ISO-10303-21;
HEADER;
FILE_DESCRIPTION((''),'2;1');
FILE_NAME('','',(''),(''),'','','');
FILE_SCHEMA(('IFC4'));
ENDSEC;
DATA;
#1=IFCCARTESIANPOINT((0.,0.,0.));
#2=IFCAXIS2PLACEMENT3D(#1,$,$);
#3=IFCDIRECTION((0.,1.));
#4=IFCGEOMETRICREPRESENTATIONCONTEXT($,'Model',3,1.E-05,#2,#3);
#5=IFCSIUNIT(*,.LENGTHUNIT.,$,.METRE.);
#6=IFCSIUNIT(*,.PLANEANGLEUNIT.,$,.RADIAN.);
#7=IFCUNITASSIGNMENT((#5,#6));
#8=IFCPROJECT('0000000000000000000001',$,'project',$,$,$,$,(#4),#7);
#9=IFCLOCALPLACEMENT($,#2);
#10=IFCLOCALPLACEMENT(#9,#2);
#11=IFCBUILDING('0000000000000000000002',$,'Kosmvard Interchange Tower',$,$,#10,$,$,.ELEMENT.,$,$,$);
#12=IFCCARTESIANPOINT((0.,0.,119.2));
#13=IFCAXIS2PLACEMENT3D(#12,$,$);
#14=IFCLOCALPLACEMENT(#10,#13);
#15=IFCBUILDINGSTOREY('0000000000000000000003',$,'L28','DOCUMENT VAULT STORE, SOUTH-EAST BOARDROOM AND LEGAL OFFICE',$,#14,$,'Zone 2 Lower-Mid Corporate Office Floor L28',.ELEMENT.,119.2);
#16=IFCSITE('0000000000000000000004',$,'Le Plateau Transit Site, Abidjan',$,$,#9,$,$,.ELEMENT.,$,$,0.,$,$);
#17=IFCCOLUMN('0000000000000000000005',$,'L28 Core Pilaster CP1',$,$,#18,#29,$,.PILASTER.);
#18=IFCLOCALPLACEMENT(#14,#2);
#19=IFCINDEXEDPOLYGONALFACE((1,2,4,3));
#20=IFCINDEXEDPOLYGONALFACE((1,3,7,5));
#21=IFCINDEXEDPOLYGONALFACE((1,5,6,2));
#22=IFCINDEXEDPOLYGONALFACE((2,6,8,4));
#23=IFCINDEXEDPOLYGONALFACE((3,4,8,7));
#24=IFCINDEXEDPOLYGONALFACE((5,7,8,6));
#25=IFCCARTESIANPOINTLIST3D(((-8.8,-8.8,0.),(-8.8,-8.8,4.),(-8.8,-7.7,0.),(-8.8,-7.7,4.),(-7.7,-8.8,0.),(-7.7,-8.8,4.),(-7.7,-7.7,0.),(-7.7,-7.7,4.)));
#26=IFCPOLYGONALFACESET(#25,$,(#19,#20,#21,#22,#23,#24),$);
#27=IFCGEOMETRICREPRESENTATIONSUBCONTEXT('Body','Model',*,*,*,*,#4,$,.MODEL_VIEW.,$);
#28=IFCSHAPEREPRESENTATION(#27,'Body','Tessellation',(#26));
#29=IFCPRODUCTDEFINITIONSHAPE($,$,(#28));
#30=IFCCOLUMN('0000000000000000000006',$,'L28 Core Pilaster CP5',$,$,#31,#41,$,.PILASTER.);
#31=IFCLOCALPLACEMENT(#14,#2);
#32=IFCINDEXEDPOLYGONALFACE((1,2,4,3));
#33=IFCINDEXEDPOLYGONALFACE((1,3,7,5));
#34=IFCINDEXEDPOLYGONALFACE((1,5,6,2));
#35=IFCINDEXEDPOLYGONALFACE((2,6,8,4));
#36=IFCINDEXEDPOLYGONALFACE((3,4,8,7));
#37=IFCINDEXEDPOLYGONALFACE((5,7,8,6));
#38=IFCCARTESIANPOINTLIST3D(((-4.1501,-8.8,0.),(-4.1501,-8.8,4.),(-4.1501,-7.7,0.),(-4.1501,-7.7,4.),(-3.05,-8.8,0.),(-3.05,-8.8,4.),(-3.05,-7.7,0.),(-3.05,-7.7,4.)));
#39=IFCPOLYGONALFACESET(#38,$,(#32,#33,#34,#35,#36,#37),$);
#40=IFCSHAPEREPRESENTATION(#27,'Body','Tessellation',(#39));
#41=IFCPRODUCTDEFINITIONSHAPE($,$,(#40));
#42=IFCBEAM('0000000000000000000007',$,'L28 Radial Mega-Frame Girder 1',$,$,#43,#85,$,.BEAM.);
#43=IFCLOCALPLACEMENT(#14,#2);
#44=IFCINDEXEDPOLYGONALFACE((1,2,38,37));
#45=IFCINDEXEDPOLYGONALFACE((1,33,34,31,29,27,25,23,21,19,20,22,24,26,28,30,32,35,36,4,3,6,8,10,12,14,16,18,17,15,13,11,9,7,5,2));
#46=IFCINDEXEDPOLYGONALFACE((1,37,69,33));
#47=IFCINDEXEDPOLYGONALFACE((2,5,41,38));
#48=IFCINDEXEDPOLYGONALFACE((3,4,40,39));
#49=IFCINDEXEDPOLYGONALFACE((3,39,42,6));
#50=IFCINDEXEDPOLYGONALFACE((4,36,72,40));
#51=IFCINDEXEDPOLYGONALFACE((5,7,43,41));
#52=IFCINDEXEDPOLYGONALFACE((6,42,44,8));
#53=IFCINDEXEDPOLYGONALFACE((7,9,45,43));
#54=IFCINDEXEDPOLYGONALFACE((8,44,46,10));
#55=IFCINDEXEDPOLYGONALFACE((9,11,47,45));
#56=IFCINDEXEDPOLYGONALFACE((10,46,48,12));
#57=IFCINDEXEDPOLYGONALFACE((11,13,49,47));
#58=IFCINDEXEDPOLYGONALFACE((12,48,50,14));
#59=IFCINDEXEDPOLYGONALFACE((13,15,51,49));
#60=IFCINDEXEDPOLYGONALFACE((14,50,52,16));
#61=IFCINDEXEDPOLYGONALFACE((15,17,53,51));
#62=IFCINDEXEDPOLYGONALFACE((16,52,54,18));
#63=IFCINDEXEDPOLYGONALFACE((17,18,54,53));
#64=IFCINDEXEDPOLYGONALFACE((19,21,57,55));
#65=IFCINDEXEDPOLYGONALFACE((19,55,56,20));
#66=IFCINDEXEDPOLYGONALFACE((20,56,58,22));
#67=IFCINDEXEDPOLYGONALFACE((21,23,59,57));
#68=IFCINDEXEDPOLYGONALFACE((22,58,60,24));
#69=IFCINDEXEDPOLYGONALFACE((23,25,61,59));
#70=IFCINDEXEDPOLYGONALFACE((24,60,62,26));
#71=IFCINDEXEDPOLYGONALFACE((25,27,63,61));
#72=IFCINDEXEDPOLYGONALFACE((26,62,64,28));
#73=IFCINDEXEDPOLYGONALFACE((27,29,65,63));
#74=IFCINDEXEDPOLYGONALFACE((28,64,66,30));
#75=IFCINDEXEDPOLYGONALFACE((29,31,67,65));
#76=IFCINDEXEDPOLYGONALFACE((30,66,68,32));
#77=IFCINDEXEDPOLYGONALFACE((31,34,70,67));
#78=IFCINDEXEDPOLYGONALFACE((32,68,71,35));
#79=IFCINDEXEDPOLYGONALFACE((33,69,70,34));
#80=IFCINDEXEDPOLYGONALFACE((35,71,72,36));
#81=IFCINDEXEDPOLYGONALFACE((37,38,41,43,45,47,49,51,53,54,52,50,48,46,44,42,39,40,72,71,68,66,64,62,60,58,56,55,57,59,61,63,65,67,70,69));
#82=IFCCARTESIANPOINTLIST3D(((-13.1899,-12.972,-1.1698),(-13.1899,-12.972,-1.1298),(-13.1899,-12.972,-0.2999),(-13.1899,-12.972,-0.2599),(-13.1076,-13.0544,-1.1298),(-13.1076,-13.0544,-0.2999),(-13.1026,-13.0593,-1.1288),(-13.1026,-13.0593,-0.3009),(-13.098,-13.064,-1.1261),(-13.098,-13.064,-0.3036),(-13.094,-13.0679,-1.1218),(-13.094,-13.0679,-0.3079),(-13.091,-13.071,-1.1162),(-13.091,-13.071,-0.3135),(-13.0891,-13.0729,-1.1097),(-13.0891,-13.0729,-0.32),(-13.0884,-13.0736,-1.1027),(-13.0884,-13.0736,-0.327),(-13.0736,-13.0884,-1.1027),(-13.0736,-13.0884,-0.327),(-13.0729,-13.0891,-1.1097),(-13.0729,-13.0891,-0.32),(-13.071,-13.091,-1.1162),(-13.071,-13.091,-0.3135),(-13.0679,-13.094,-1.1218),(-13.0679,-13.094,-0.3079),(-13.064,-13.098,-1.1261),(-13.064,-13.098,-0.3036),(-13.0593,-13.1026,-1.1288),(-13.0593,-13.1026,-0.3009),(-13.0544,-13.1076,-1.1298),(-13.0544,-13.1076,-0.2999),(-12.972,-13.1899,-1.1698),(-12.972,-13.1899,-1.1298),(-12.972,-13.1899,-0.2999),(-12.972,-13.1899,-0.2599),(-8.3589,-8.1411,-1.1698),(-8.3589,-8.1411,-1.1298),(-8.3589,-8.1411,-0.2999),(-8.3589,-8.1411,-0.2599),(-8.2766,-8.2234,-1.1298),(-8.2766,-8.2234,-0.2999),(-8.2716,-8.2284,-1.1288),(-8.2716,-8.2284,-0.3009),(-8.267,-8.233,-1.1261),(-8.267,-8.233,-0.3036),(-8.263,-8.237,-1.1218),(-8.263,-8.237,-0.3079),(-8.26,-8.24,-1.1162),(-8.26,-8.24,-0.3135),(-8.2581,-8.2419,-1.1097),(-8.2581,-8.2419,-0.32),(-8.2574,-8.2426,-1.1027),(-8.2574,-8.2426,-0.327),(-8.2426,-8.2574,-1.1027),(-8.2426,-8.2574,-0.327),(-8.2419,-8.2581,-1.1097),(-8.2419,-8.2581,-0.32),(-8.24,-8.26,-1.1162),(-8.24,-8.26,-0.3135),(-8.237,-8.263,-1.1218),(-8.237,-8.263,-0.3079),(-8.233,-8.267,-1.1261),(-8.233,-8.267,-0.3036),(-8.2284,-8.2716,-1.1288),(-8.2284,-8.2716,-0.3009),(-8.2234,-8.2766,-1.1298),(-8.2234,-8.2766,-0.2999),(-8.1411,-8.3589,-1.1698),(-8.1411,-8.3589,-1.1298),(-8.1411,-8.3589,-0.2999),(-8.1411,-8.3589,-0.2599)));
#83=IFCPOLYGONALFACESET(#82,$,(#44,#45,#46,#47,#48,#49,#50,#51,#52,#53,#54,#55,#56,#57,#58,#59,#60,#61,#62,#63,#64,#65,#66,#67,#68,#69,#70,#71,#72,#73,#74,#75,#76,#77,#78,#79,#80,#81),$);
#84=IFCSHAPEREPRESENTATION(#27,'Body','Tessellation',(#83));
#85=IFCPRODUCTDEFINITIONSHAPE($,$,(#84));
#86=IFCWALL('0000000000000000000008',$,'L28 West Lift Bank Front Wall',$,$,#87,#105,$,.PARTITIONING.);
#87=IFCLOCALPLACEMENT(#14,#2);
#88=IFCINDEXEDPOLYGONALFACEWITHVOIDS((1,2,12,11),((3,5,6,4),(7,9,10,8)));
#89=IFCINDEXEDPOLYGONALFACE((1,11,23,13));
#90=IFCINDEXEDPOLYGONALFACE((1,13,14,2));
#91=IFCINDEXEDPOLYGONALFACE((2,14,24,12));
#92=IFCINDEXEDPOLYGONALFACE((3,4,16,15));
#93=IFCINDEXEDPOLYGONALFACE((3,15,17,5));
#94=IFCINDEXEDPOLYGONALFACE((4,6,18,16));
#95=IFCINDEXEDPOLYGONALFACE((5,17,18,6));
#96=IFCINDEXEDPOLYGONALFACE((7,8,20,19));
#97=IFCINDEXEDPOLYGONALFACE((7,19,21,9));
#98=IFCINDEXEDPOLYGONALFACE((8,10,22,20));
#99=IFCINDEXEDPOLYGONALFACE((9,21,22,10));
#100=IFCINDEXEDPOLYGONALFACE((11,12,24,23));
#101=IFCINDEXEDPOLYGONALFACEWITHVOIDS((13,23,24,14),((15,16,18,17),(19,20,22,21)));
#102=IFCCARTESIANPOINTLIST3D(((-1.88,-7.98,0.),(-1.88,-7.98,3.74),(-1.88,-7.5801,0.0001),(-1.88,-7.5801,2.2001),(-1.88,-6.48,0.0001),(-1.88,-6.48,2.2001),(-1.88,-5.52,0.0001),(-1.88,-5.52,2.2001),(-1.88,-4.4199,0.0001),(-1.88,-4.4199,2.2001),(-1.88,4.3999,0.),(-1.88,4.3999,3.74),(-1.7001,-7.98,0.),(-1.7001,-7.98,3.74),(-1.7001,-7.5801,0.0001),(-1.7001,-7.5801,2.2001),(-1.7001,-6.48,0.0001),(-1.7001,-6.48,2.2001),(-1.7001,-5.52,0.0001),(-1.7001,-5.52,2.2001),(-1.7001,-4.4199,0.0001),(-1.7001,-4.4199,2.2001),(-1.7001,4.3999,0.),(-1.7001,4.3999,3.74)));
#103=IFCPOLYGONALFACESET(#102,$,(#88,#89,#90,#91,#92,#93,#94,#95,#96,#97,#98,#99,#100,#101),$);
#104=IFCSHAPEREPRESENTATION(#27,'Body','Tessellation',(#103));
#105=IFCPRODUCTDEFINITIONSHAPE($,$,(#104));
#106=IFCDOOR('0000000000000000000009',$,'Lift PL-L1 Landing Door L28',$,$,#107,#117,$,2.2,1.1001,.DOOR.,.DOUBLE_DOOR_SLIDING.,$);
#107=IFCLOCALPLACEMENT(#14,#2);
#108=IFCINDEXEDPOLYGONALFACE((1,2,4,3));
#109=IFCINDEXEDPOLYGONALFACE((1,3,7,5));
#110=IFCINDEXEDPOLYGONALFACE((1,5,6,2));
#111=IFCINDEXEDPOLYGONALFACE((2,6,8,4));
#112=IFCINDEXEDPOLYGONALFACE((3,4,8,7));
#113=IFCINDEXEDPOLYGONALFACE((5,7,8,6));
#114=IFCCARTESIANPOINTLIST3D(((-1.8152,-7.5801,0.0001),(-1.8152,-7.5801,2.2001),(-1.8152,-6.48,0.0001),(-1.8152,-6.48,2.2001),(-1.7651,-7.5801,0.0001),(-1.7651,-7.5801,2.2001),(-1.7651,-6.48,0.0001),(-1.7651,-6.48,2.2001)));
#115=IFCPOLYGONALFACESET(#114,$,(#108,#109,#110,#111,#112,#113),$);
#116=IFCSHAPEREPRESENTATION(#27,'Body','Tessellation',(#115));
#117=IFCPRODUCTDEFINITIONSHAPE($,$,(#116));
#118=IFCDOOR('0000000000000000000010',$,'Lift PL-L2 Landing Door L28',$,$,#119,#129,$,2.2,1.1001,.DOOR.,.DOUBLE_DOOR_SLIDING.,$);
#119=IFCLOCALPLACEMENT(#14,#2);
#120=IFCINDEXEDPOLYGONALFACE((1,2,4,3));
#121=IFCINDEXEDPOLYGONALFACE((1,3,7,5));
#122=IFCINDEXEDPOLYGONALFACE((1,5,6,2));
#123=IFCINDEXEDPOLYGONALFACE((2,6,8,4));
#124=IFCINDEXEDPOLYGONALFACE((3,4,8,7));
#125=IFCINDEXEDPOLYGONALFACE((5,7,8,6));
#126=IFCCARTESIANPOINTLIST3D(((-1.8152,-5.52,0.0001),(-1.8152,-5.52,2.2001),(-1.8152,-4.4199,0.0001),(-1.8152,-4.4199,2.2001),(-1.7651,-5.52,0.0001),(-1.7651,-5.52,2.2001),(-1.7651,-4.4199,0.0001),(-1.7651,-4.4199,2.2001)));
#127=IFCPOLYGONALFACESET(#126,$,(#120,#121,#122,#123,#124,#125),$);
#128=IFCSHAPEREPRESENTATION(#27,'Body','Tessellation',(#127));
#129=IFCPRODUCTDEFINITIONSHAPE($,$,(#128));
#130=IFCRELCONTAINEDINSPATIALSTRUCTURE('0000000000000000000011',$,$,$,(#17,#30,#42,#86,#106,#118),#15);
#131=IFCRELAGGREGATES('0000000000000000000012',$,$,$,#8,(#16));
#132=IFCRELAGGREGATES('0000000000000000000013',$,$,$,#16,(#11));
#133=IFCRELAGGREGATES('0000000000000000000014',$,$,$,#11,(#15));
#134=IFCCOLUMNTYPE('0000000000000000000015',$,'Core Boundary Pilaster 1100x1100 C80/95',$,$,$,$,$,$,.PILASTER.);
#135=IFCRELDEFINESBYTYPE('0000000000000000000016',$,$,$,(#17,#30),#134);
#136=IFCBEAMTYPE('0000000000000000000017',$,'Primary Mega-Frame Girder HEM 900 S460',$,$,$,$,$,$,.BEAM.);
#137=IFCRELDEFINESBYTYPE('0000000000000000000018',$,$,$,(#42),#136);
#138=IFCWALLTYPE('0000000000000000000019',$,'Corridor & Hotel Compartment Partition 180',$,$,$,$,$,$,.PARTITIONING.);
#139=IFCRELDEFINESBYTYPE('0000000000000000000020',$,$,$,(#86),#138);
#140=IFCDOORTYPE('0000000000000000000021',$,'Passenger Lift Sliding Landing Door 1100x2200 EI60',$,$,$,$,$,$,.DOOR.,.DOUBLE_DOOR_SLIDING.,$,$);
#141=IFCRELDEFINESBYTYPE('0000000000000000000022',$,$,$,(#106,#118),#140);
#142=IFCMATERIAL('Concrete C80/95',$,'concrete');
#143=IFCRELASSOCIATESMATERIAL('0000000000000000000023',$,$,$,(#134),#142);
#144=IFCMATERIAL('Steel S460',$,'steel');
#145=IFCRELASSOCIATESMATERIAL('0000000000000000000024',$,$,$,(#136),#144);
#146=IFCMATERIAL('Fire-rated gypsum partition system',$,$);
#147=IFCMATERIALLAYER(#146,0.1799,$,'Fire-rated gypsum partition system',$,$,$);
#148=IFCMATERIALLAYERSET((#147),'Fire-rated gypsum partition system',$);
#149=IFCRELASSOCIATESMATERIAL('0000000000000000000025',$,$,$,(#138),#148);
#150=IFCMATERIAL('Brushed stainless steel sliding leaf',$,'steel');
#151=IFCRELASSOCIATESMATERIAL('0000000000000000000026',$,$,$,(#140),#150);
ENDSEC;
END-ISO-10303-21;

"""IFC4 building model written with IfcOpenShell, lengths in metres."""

from ifc_helpers import new_model, si_unit, direction, frame, frame_2d, origin, origin_2d, place, context, subcontext, project, spatial, rectangle, i_section, extrude, source, transform, mapped, material, layer, layer_set, material_profile, profile_set, type_object, element, fill, save


model = new_model("IFC4")

# Units and contexts
model_context = context("Model", 3, precision=1e-05, world=origin(), true_north=direction((0.0, 1.0)))
body_context = subcontext(model_context, "Body", "Model", "MODEL_VIEW")
ifc_project = project(units=[si_unit("LENGTHUNIT", "METRE"), si_unit("PLANEANGLEUNIT", "RADIAN")], contexts=[model_context])

# Site, building, storey
site_placement = place(None, origin())
site = spatial("IfcSite", under=ifc_project, at=site_placement, Name="Le Plateau Transit Site, Abidjan", CompositionType="ELEMENT", RefElevation=0.0)
building_placement = place(site_placement, origin())
building = spatial("IfcBuilding", under=site, at=building_placement, Name="Kosmvard Interchange Tower", CompositionType="ELEMENT")
storey_placement = place(building_placement, frame((0.0, 0.0, 119.2)))
storey = spatial("IfcBuildingStorey", under=building, at=storey_placement, Name="L28", Description="DOCUMENT VAULT STORE, SOUTH-EAST BOARDROOM AND LEGAL OFFICE", LongName="Zone 2 Lower-Mid Corporate Office Floor L28", CompositionType="ELEMENT", Elevation=119.2)

# Columns
ifc_material_1 = material(Name="Concrete C80/95", Category="concrete")
ifc_material_profile_1 = material_profile(ifc_material_1, rectangle(XDim=1.1001, YDim=1.1001, at=origin_2d()), Name="CP 1100x1100")
ifc_profile_set_1 = profile_set([ifc_material_profile_1], Name="Concrete C80/95")
column_type = type_object("IfcColumnType", Name="Core Boundary Pilaster 1100x1100 C80/95", PredefinedType="PILASTER", material=ifc_profile_set_1)
shared_shape_1 = source(origin(), body_context, "Body", "SweptSolid", [
    extrude(rectangle(XDim=1.1001, YDim=1.1001, at=origin_2d()), origin(), (0.0, 0.0, 1.0), 4.0),
])
for number, where, z_axis, x_axis, name in (
    (1, (-8.25, -8.25, 0.0), (0.0, 0.0, 1.0), (1.0, 0.0, 0.0), "L28 Core Pilaster CP1"),
    (2, (-3.6001, -8.25, 0.0), (0.0, 0.0, 1.0), (1.0, 0.0, 0.0), "L28 Core Pilaster CP5"),
):
    element("IfcColumn", number, at=place(storey_placement, frame(where, z_axis=z_axis, x_axis=x_axis)), inside=storey, type_object=column_type, Name=name, PredefinedType="PILASTER", context=body_context, shape_type="MappedRepresentation", body=[
        mapped(shared_shape_1, transform((0.0, 0.0, 0.0), scale=1.0)),
    ])

# Beam
ifc_material_2 = material(Name="Steel S460", Category="steel")
ifc_material_profile_2 = material_profile(ifc_material_2, i_section(OverallWidth=0.3081, OverallDepth=0.9099, WebThickness=0.021, FlangeThickness=0.04, FilletRadius=0.0271, at=origin_2d()), Name="HEM 900")
ifc_profile_set_2 = profile_set([ifc_material_profile_2], Name="Steel S460")
beam_type = type_object("IfcBeamType", Name="Primary Mega-Frame Girder HEM 900 S460", PredefinedType="BEAM", material=ifc_profile_set_2)
shared_shape_2 = source(origin(), body_context, "Body", "SweptSolid", [
    extrude(i_section(OverallWidth=0.3081, OverallDepth=0.9099, WebThickness=0.021, FlangeThickness=0.04, FilletRadius=0.0271, at=origin_2d()), origin(), (0.0, 0.0, 1.0), 6.832),
])
beam_placement = place(storey_placement, frame((-8.25, -8.25, -0.7148), z_axis=(-0.707107, -0.707107, 0.0), x_axis=(0.707107, -0.707107, 0.0)))
element("IfcBeam", 3, at=beam_placement, inside=storey, type_object=beam_type, Name="L28 Radial Mega-Frame Girder 1", PredefinedType="BEAM", context=body_context, shape_type="MappedRepresentation", body=[
    mapped(shared_shape_2, transform((0.0, 0.0, 0.0), scale=1.0)),
])

# Wall, openings, doors
ifc_material_3 = material(Name="Fire-rated gypsum partition system")
ifc_layer_1 = layer(ifc_material_3, 0.1799, Name="Fire-rated gypsum partition system")
ifc_layer_set_1 = layer_set([ifc_layer_1], Name="Fire-rated gypsum partition system")
wall_type_1 = type_object("IfcWallType", Name="Corridor & Hotel Compartment Partition 180", PredefinedType="PARTITIONING", material=ifc_layer_set_1)
wall_1_placement = place(storey_placement, frame((-1.79, -7.98, 0.0), z_axis=(0.0, 0.0, 1.0), x_axis=(0.0, 1.0, 0.0)))
wall_1 = element("IfcWall", 4, at=wall_1_placement, inside=storey, type_object=wall_type_1, Name="L28 West Lift Bank Front Wall", PredefinedType="PARTITIONING", context=body_context, shape_type="SweptSolid", body=[
    extrude(rectangle(XDim=12.3799, YDim=0.1799, at=frame_2d((6.1899, 0.0))), origin(), (0.0, 0.0, 1.0), 3.74),
])
opening_1_placement = place(wall_1_placement, frame((0.3999, 0.0, 0.0)))
opening_1 = element("IfcOpeningElement", 5, at=opening_1_placement, cuts=wall_1, PredefinedType="OPENING", context=body_context, shape_type="SweptSolid", body=[
    extrude(rectangle(XDim=1.1001, YDim=2.2, at=frame_2d((0.55, 1.1001))), frame((0.0, 0.1001, 0.0), z_axis=(0.0, -1.0, 0.0), x_axis=(1.0, 0.0, 0.0)), (0.0, 0.0, 1.0), 0.2),
])
opening_2_placement = place(wall_1_placement, frame((2.46, 0.0, 0.0)))
opening_2 = element("IfcOpeningElement", 6, at=opening_2_placement, cuts=wall_1, PredefinedType="OPENING", context=body_context, shape_type="SweptSolid", body=[
    extrude(rectangle(XDim=1.1001, YDim=2.2, at=frame_2d((0.55, 1.1001))), frame((0.0, 0.1001, 0.0), z_axis=(0.0, -1.0, 0.0), x_axis=(1.0, 0.0, 0.0)), (0.0, 0.0, 1.0), 0.2),
])
ifc_material_4 = material(Name="Brushed stainless steel sliding leaf", Category="steel")
door_type_1 = type_object("IfcDoorType", Name="Passenger Lift Sliding Landing Door 1100x2200 EI60", OperationType="DOUBLE_DOOR_SLIDING", PredefinedType="DOOR", material=ifc_material_4)
shared_shape_3 = source(origin(), body_context, "Body", "SweptSolid", [
    extrude(rectangle(XDim=1.1001, YDim=2.2, at=frame_2d((0.55, 1.1001))), frame((0.0, 0.0249, 0.0), z_axis=(0.0, -1.0, 0.0), x_axis=(1.0, 0.0, 0.0)), (0.0, 0.0, 1.0), 0.05),
])
door_1_placement = place(opening_1_placement, frame((1.1001, 0.0, 0.0), z_axis=(0.0, 0.0, 1.0), x_axis=(-1.0, 0.0, 0.0)))
door_1 = element("IfcDoor", 7, at=door_1_placement, inside=storey, type_object=door_type_1, Name="Lift PL-L1 Landing Door L28", OperationType="DOUBLE_DOOR_SLIDING", OverallHeight=2.2, OverallWidth=1.1001, PredefinedType="DOOR", context=body_context, shape_type="MappedRepresentation", body=[
    mapped(shared_shape_3, transform((0.0, 0.0, 0.0), scale=1.0)),
])
fill(opening_1, door_1)
door_2_placement = place(opening_2_placement, frame((1.1001, 0.0, 0.0), z_axis=(0.0, 0.0, 1.0), x_axis=(-1.0, 0.0, 0.0)))
door_2 = element("IfcDoor", 8, at=door_2_placement, inside=storey, type_object=door_type_1, Name="Lift PL-L2 Landing Door L28", OperationType="DOUBLE_DOOR_SLIDING", OverallHeight=2.2, OverallWidth=1.1001, PredefinedType="DOOR", context=body_context, shape_type="MappedRepresentation", body=[
    mapped(shared_shape_3, transform((0.0, 0.0, 0.0), scale=1.0)),
])
fill(opening_2, door_2)

save(model, "model.ifc")
